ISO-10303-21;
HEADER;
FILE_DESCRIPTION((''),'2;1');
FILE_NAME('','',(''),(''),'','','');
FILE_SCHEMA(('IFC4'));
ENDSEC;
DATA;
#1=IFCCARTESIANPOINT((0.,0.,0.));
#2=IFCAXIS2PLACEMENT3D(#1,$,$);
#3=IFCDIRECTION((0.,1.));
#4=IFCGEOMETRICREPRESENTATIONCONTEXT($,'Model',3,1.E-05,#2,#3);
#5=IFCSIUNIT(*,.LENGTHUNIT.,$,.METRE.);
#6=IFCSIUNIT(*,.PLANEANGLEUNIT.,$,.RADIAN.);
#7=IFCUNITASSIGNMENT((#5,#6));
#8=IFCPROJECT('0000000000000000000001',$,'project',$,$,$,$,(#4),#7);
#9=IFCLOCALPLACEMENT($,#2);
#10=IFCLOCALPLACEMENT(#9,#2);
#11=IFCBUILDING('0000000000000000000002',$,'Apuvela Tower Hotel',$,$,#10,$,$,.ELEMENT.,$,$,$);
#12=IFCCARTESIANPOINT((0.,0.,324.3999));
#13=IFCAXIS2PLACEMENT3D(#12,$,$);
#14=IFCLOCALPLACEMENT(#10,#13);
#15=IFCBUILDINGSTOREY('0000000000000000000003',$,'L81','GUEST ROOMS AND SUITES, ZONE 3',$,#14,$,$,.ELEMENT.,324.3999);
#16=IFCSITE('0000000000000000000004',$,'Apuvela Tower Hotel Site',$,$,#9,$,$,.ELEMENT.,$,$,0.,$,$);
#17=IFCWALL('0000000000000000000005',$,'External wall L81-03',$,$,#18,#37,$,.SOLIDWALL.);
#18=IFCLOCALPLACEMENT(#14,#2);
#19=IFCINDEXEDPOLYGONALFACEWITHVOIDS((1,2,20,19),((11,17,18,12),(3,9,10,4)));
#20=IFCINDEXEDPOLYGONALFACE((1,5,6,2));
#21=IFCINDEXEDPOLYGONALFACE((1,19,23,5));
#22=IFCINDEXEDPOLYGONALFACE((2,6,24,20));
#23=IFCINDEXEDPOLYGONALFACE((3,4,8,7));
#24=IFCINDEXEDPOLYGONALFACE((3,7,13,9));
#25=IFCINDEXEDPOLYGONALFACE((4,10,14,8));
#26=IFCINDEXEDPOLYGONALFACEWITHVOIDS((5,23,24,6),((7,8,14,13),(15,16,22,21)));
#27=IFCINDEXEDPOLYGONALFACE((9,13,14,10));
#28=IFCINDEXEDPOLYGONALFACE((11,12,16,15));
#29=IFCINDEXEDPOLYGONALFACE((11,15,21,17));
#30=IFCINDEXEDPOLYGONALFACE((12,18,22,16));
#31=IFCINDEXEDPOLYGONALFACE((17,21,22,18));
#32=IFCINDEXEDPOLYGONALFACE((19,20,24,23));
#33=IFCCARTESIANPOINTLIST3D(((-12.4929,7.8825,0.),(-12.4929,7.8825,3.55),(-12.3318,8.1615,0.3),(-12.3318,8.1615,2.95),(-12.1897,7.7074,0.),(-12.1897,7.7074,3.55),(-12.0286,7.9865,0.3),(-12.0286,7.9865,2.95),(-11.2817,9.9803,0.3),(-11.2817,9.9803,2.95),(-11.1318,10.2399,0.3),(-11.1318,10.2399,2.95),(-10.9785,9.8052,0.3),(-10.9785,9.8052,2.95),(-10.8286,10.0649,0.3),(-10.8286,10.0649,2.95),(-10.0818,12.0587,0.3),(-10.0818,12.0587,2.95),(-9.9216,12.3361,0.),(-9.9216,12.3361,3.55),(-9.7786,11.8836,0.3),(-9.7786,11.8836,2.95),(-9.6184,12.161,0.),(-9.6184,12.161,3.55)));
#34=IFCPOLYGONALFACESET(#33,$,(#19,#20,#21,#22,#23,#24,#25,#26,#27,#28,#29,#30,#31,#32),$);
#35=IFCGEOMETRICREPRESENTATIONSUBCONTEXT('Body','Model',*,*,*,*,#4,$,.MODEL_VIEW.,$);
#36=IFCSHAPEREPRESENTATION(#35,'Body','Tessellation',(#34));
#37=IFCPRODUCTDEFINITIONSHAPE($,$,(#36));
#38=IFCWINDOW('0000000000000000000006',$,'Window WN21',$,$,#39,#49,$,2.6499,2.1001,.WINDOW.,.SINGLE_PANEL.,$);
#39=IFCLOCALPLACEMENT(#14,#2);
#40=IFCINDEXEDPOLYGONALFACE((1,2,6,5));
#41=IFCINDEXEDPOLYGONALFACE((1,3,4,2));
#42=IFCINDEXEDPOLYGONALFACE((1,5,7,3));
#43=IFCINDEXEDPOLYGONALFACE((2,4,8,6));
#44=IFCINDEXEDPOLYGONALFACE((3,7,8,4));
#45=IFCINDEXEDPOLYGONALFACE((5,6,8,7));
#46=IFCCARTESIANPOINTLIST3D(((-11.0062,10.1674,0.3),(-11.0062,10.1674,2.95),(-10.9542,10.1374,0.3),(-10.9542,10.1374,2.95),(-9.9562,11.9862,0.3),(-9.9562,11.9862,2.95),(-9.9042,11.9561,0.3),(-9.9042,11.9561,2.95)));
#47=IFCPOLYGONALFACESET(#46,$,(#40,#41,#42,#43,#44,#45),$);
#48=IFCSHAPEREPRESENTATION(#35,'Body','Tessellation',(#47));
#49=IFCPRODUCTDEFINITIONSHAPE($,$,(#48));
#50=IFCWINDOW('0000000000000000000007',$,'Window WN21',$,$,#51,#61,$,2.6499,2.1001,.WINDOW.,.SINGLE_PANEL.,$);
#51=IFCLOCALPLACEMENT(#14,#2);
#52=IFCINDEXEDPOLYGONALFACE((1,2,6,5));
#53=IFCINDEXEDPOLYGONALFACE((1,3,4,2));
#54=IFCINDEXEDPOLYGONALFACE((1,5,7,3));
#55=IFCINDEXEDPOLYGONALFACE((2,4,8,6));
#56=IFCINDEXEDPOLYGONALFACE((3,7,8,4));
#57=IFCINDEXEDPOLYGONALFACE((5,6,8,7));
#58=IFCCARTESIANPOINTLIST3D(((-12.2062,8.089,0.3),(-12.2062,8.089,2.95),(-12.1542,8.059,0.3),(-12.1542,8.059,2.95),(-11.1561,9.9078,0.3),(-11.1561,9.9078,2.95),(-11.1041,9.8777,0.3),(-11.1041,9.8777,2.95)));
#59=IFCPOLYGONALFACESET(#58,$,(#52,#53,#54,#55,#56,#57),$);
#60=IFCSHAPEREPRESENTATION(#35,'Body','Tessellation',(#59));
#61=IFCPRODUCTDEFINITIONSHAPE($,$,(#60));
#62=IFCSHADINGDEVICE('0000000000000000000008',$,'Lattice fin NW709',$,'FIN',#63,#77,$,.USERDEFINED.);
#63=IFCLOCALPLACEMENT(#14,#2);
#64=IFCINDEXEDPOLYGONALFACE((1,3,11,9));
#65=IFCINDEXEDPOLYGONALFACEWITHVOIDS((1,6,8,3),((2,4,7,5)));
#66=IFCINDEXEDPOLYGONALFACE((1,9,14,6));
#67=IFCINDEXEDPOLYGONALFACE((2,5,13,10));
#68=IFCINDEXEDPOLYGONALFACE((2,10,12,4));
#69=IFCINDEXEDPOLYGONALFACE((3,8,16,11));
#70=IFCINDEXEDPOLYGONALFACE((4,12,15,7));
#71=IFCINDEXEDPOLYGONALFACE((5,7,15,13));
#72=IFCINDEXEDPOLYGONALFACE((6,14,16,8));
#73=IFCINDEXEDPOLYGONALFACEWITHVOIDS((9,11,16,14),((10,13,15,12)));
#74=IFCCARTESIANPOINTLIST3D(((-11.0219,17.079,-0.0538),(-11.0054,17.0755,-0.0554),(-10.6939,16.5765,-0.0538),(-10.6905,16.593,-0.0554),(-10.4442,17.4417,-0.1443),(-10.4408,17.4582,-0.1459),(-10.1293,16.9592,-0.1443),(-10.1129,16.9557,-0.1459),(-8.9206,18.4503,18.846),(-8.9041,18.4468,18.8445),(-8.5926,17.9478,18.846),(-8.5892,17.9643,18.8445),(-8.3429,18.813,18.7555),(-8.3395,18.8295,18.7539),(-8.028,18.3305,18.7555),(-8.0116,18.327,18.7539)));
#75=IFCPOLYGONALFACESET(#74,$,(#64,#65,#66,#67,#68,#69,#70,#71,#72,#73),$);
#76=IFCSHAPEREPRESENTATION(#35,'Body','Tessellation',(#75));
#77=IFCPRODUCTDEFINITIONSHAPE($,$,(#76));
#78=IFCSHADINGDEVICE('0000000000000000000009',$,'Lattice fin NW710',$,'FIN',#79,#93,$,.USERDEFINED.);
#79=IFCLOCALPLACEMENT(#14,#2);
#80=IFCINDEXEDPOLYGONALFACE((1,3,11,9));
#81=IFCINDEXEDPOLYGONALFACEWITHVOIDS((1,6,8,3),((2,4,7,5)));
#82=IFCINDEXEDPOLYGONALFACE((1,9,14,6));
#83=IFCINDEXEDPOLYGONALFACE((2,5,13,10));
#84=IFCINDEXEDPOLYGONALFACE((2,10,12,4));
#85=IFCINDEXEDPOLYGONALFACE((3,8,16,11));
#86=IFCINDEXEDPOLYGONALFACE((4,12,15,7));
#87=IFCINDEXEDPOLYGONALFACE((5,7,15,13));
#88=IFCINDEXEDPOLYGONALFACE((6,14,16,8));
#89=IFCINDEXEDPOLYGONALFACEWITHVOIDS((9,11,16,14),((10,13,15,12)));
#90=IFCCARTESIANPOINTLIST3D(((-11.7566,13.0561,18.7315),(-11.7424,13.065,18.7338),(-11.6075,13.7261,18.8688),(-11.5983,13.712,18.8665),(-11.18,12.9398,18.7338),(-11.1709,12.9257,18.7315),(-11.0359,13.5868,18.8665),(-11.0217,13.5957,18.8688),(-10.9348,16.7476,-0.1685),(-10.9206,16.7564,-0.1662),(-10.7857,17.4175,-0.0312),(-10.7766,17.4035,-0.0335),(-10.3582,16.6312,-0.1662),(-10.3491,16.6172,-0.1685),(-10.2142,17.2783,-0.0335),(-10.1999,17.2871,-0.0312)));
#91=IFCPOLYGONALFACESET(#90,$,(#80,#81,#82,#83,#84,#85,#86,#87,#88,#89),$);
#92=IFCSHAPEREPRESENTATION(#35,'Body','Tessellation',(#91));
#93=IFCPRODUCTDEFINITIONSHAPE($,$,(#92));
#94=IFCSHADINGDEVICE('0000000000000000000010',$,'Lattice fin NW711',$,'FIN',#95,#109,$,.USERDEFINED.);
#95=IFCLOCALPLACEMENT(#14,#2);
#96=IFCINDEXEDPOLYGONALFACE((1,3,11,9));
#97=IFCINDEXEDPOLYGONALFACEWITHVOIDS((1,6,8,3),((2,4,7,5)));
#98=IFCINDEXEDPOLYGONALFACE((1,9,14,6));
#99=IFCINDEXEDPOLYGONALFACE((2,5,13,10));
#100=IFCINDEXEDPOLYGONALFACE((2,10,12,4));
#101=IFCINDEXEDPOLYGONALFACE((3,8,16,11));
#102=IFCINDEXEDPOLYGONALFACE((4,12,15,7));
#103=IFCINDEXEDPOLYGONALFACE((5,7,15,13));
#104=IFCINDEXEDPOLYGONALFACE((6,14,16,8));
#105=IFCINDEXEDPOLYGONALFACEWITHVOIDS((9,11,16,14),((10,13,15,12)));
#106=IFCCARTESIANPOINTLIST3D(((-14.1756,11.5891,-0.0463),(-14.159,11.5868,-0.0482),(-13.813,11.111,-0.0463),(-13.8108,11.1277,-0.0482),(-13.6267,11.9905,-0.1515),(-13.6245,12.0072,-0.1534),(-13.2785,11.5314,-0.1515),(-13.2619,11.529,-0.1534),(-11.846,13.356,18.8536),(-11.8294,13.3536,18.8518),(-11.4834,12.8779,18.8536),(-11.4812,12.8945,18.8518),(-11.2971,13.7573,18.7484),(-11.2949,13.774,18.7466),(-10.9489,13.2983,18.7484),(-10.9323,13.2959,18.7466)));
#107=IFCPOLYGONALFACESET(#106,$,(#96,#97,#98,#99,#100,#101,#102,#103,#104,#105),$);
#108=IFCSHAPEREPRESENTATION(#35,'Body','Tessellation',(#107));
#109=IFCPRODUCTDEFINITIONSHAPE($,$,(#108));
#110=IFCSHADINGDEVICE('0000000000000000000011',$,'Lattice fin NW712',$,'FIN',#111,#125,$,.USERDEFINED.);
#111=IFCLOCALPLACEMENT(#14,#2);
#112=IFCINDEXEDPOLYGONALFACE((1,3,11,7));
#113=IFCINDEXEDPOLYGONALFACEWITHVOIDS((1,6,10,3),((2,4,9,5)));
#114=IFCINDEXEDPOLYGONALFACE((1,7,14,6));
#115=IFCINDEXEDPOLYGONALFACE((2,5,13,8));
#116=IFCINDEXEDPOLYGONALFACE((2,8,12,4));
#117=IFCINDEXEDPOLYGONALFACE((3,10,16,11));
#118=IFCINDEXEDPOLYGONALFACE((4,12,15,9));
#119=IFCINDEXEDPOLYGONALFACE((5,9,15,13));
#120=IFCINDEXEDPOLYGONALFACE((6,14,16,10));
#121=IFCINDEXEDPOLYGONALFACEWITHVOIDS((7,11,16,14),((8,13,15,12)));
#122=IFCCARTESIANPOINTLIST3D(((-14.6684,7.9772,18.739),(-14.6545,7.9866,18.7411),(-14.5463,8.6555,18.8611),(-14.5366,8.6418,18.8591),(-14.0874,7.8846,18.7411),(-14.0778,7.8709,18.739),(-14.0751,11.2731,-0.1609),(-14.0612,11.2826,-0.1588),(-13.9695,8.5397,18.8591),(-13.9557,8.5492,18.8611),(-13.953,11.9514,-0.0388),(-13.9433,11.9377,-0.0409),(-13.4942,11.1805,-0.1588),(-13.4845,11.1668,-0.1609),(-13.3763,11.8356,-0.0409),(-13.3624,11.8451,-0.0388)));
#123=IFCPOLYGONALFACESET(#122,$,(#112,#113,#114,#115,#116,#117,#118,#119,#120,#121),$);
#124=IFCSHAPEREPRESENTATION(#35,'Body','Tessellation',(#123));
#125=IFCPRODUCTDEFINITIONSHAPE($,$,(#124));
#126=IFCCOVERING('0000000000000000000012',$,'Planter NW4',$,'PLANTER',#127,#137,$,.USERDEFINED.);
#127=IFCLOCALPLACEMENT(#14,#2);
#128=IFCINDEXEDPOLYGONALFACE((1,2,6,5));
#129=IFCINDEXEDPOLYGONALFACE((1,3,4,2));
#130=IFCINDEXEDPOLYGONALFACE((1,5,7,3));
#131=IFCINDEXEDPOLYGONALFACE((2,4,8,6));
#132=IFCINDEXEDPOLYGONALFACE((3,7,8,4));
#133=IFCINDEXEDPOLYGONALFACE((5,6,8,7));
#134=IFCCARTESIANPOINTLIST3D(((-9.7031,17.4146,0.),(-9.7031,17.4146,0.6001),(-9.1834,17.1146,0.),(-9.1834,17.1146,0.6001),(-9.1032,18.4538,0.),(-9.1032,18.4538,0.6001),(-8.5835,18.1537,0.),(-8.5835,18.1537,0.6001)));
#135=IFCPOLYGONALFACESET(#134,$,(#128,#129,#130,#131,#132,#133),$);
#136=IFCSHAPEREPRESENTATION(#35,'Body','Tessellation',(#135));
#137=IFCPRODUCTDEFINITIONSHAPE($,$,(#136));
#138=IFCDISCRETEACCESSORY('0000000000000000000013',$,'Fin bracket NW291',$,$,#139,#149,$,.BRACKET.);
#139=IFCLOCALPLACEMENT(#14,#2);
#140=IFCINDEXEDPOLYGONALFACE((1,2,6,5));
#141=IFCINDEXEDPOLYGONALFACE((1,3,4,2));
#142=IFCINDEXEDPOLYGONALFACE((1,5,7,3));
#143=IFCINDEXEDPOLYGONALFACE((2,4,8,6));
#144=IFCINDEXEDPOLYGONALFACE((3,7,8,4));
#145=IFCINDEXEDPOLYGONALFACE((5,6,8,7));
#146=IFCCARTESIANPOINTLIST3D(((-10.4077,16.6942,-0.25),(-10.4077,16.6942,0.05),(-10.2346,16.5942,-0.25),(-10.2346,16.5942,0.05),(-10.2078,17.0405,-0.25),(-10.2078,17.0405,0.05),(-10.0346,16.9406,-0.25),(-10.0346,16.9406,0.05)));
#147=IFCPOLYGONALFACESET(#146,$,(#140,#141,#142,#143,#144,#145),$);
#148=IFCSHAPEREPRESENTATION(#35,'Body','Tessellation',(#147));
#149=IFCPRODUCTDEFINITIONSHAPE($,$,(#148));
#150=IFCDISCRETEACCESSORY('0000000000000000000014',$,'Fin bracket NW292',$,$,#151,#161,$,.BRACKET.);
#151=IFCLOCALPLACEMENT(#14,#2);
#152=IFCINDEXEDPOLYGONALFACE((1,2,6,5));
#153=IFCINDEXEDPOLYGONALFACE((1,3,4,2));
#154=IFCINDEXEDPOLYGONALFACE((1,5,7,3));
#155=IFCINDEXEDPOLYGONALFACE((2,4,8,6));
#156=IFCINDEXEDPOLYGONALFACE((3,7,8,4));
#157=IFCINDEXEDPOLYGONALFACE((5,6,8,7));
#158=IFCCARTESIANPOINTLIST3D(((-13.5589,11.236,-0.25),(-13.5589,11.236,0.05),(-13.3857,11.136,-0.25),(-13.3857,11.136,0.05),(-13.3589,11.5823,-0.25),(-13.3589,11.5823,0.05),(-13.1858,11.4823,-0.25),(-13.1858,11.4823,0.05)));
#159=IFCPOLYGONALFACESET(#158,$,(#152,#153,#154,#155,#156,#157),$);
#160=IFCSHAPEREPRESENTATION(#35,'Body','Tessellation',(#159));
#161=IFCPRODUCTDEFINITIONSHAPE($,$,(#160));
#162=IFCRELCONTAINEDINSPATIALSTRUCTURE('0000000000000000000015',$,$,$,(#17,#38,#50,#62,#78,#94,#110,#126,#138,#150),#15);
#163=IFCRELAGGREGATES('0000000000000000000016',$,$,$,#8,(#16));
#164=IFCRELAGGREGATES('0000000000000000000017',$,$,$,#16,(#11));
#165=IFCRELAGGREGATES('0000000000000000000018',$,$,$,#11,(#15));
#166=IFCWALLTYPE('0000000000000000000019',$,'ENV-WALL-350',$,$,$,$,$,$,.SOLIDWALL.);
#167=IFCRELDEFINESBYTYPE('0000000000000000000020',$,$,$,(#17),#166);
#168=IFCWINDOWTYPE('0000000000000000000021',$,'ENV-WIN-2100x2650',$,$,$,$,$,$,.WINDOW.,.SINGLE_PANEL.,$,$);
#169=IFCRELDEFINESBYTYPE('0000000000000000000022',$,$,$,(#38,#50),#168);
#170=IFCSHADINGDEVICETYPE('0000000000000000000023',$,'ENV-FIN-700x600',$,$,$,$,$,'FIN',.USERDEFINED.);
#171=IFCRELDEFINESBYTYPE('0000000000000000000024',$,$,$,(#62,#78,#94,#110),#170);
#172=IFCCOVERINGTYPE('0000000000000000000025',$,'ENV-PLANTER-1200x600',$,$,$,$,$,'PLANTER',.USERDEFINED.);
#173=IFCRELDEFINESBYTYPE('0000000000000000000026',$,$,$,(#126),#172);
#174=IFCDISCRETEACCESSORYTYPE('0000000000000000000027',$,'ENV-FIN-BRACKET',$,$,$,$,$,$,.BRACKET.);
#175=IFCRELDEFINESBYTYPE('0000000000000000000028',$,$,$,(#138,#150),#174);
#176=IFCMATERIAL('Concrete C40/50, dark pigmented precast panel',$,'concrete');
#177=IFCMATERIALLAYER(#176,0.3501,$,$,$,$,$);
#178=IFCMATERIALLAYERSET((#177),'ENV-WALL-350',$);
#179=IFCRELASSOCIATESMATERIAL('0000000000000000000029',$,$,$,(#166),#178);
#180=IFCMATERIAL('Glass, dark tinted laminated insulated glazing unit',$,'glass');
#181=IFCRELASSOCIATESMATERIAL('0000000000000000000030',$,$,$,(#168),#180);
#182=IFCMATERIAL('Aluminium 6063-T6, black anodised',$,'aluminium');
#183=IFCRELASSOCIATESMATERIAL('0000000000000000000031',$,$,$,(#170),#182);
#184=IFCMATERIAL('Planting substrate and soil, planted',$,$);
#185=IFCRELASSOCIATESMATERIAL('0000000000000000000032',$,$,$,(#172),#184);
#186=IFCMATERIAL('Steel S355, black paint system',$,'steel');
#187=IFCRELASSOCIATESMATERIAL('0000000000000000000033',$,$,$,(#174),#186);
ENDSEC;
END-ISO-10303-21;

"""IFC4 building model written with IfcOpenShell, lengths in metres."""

from ifc_helpers import new_model, si_unit, direction, frame, frame_2d, origin, origin_2d, place, context, subcontext, project, spatial, rectangle, hollow_rectangle, extrude, material, layer, layer_set, material_profile, profile_set, type_object, element, fill, save


model = new_model("IFC4")

# Units and contexts
model_context = context("Model", 3, precision=1e-05, world=origin(), true_north=direction((0.0, 1.0)))
body_context = subcontext(model_context, "Body", "Model", "MODEL_VIEW")
ifc_project = project(units=[si_unit("LENGTHUNIT", "METRE"), si_unit("PLANEANGLEUNIT", "RADIAN")], contexts=[model_context])

# Site, building, storey
site_placement = place(None, origin())
site = spatial("IfcSite", under=ifc_project, at=site_placement, Name="Apuvela Tower Hotel Site", CompositionType="ELEMENT", RefElevation=0.0)
building_placement = place(site_placement, origin())
building = spatial("IfcBuilding", under=site, at=building_placement, Name="Apuvela Tower Hotel", CompositionType="ELEMENT")
storey_placement = place(building_placement, frame((0.0, 0.0, 324.3999)))
storey = spatial("IfcBuildingStorey", under=building, at=storey_placement, Name="L81", Description="GUEST ROOMS AND SUITES, ZONE 3", CompositionType="ELEMENT", Elevation=324.3999)

# Shared definitions
ifc_material_1 = material(Name="Concrete C40/50, dark pigmented precast panel", Category="concrete")
ifc_layer = layer(ifc_material_1, 0.3501)
ifc_layer_set = layer_set([ifc_layer], Name="ENV-WALL-350")
wall_type = type_object("IfcWallType", Name="ENV-WALL-350", PredefinedType="SOLIDWALL", material=ifc_layer_set)

# Wall, openings, windows
wall_1_placement = place(storey_placement, frame((-9.77, 12.2485, 0.0), z_axis=(0.0, 0.0, 1.0), x_axis=(-0.499999, -0.866026, 0.0)))
wall_1 = element("IfcWall", 1, at=wall_1_placement, inside=storey, type_object=wall_type, Name="External wall L81-03", PredefinedType="SOLIDWALL", context=body_context, shape_type="SweptSolid", body=[
    extrude(rectangle(XDim=5.1426, YDim=0.3501, at=frame_2d((2.5713, 0.0))), origin(), (0.0, 0.0, 1.0), 3.55),
])
opening_1_placement = place(wall_1_placement, frame((0.3203, 0.0, 0.3)))
opening_1 = element("IfcOpeningElement", 2, at=opening_1_placement, cuts=wall_1, PredefinedType="OPENING", context=body_context, shape_type="SweptSolid", body=[
    extrude(rectangle(XDim=2.1001, YDim=2.6499, at=frame_2d((1.05, 1.325))), frame((0.0, 0.1851, 0.0), z_axis=(0.0, -1.0, 0.0), x_axis=(1.0, 0.0, 0.0)), (0.0, 0.0, 1.0), 0.3701),
])
opening_2_placement = place(wall_1_placement, frame((2.7202, 0.0, 0.3)))
opening_2 = element("IfcOpeningElement", 3, at=opening_2_placement, cuts=wall_1, PredefinedType="OPENING", context=body_context, shape_type="SweptSolid", body=[
    extrude(rectangle(XDim=2.1001, YDim=2.6499, at=frame_2d((1.05, 1.325))), frame((0.0, 0.1851, 0.0), z_axis=(0.0, -1.0, 0.0), x_axis=(1.0, 0.0, 0.0)), (0.0, 0.0, 1.0), 0.3701),
])
ifc_material_2 = material(Name="Glass, dark tinted laminated insulated glazing unit", Category="glass")
window_type = type_object("IfcWindowType", Name="ENV-WIN-2100x2650", PartitioningType="SINGLE_PANEL", PredefinedType="WINDOW", material=ifc_material_2)
window_1_placement = place(opening_1_placement, origin())
window_1 = element("IfcWindow", 4, at=window_1_placement, inside=storey, type_object=window_type, Name="Window WN21", OverallHeight=2.6499, OverallWidth=2.1001, PartitioningType="SINGLE_PANEL", PredefinedType="WINDOW", context=body_context, shape_type="SweptSolid", body=[
    extrude(rectangle(XDim=2.1001, YDim=2.6499, at=frame_2d((1.05, 1.325))), frame((0.0, 0.03, 0.0), z_axis=(0.0, -1.0, 0.0), x_axis=(1.0, 0.0, 0.0)), (0.0, 0.0, 1.0), 0.0601),
])
fill(opening_1, window_1)
window_2_placement = place(opening_2_placement, origin())
window_2 = element("IfcWindow", 5, at=window_2_placement, inside=storey, type_object=window_type, Name="Window WN21", OverallHeight=2.6499, OverallWidth=2.1001, PartitioningType="SINGLE_PANEL", PredefinedType="WINDOW", context=body_context, shape_type="SweptSolid", body=[
    extrude(rectangle(XDim=2.1001, YDim=2.6499, at=frame_2d((1.05, 1.325))), frame((0.0, 0.03, 0.0), z_axis=(0.0, -1.0, 0.0), x_axis=(1.0, 0.0, 0.0)), (0.0, 0.0, 1.0), 0.0601),
])
fill(opening_2, window_2)

# Shading devices
ifc_material_3 = material(Name="Aluminium 6063-T6, black anodised", Category="aluminium")
ifc_material_profile_1 = material_profile(ifc_material_3, hollow_rectangle(XDim=0.6001, YDim=0.7, WallThickness=0.012, at=origin_2d()), Name="AL BOX 700x600x12")
ifc_profile_set_1 = profile_set([ifc_material_profile_1], Name="Aluminium 6063-T6, black anodised")
shading_device_type = type_object("IfcShadingDeviceType", Name="ENV-FIN-700x600", ElementType="FIN", PredefinedType="USERDEFINED", material=ifc_profile_set_1)
shading_device_1_placement = place(storey_placement, frame((-10.5674, 17.0173, -0.0999), z_axis=(0.110214, 0.071927, 0.991302), x_axis=(-0.546523, 0.837444, 0.0)))
element("IfcShadingDevice", 6, at=shading_device_1_placement, inside=storey, type_object=shading_device_type, Name="Lattice fin NW709", ObjectType="FIN", PredefinedType="USERDEFINED", context=body_context, shape_type="SweptSolid", body=[
    extrude(hollow_rectangle(XDim=0.6001, YDim=0.7, WallThickness=0.012, at=origin_2d()), origin(), (0.0, 0.0, 1.0), 19.0657),
])
shading_device_2_placement = place(storey_placement, frame((-10.5674, 17.0173, -0.0999), z_axis=(-0.042635, -0.191517, 0.980563), x_axis=(0.976105, -0.2173, 0.0)))
element("IfcShadingDevice", 7, at=shading_device_2_placement, inside=storey, type_object=shading_device_type, Name="Lattice fin NW710", ObjectType="FIN", PredefinedType="USERDEFINED", context=body_context, shape_type="SweptSolid", body=[
    extrude(hollow_rectangle(XDim=0.6001, YDim=0.7, WallThickness=0.012, at=origin_2d()), origin(), (0.0, 0.0, 1.0), 19.2747),
])
shading_device_3_placement = place(storey_placement, frame((-13.7188, 11.5591, -0.0999), z_axis=(0.12181, 0.092385, 0.988244), x_axis=(-0.604293, 0.796762, 0.0)))
element("IfcShadingDevice", 8, at=shading_device_3_placement, inside=storey, type_object=shading_device_type, Name="Lattice fin NW711", ObjectType="FIN", PredefinedType="USERDEFINED", context=body_context, shape_type="SweptSolid", body=[
    extrude(hollow_rectangle(XDim=0.6001, YDim=0.7, WallThickness=0.012, at=origin_2d()), origin(), (0.0, 0.0, 1.0), 19.1248),
])
shading_device_4_placement = place(storey_placement, frame((-13.7188, 11.5591, -0.0999), z_axis=(-0.030908, -0.171712, 0.984662), x_axis=(0.984183, -0.177153, 0.0)))
element("IfcShadingDevice", 9, at=shading_device_4_placement, inside=storey, type_object=shading_device_type, Name="Lattice fin NW712", ObjectType="FIN", PredefinedType="USERDEFINED", context=body_context, shape_type="SweptSolid", body=[
    extrude(hollow_rectangle(XDim=0.6001, YDim=0.7, WallThickness=0.012, at=origin_2d()), origin(), (0.0, 0.0, 1.0), 19.1943),
])

# Covering
ifc_material_4 = material(Name="Planting substrate and soil, planted")
covering_type = type_object("IfcCoveringType", Name="ENV-PLANTER-1200x600", ElementType="PLANTER", PredefinedType="USERDEFINED", material=ifc_material_4)
covering_placement = place(storey_placement, frame((-9.1433, 17.7842, 0.0), z_axis=(0.0, 0.0, 1.0), x_axis=(-0.5, -0.866025, 0.0)))
element("IfcCovering", 10, at=covering_placement, inside=storey, type_object=covering_type, Name="Planter NW4", ObjectType="PLANTER", PredefinedType="USERDEFINED", context=body_context, shape_type="SweptSolid", body=[
    extrude(rectangle(XDim=1.2, YDim=0.6001, at=origin_2d()), origin(), (0.0, 0.0, 1.0), 0.6001),
])

# Discrete accessories
ifc_material_5 = material(Name="Steel S355, black paint system", Category="steel")
discrete_accessory_type = type_object("IfcDiscreteAccessoryType", Name="ENV-FIN-BRACKET", PredefinedType="BRACKET", material=ifc_material_5)
for number, where, z_axis, x_axis, name in (
    (11, (-10.2212, 16.8174, -0.25), (0.0, 0.0, 1.0), (-0.5, -0.866025, 0.0), "Fin bracket NW291"),
    (12, (-13.3723, 11.3591, -0.25), (0.0, 0.0, 1.0), (-0.5, -0.866025, 0.0), "Fin bracket NW292"),
):
    element("IfcDiscreteAccessory", number, at=place(storey_placement, frame(where, z_axis=z_axis, x_axis=x_axis)), inside=storey, type_object=discrete_accessory_type, Name=name, PredefinedType="BRACKET", context=body_context, shape_type="SweptSolid", body=[
        extrude(rectangle(XDim=0.3999, YDim=0.2, at=origin_2d()), origin(), (0.0, 0.0, 1.0), 0.3),
    ])

save(model, "model.ifc")
